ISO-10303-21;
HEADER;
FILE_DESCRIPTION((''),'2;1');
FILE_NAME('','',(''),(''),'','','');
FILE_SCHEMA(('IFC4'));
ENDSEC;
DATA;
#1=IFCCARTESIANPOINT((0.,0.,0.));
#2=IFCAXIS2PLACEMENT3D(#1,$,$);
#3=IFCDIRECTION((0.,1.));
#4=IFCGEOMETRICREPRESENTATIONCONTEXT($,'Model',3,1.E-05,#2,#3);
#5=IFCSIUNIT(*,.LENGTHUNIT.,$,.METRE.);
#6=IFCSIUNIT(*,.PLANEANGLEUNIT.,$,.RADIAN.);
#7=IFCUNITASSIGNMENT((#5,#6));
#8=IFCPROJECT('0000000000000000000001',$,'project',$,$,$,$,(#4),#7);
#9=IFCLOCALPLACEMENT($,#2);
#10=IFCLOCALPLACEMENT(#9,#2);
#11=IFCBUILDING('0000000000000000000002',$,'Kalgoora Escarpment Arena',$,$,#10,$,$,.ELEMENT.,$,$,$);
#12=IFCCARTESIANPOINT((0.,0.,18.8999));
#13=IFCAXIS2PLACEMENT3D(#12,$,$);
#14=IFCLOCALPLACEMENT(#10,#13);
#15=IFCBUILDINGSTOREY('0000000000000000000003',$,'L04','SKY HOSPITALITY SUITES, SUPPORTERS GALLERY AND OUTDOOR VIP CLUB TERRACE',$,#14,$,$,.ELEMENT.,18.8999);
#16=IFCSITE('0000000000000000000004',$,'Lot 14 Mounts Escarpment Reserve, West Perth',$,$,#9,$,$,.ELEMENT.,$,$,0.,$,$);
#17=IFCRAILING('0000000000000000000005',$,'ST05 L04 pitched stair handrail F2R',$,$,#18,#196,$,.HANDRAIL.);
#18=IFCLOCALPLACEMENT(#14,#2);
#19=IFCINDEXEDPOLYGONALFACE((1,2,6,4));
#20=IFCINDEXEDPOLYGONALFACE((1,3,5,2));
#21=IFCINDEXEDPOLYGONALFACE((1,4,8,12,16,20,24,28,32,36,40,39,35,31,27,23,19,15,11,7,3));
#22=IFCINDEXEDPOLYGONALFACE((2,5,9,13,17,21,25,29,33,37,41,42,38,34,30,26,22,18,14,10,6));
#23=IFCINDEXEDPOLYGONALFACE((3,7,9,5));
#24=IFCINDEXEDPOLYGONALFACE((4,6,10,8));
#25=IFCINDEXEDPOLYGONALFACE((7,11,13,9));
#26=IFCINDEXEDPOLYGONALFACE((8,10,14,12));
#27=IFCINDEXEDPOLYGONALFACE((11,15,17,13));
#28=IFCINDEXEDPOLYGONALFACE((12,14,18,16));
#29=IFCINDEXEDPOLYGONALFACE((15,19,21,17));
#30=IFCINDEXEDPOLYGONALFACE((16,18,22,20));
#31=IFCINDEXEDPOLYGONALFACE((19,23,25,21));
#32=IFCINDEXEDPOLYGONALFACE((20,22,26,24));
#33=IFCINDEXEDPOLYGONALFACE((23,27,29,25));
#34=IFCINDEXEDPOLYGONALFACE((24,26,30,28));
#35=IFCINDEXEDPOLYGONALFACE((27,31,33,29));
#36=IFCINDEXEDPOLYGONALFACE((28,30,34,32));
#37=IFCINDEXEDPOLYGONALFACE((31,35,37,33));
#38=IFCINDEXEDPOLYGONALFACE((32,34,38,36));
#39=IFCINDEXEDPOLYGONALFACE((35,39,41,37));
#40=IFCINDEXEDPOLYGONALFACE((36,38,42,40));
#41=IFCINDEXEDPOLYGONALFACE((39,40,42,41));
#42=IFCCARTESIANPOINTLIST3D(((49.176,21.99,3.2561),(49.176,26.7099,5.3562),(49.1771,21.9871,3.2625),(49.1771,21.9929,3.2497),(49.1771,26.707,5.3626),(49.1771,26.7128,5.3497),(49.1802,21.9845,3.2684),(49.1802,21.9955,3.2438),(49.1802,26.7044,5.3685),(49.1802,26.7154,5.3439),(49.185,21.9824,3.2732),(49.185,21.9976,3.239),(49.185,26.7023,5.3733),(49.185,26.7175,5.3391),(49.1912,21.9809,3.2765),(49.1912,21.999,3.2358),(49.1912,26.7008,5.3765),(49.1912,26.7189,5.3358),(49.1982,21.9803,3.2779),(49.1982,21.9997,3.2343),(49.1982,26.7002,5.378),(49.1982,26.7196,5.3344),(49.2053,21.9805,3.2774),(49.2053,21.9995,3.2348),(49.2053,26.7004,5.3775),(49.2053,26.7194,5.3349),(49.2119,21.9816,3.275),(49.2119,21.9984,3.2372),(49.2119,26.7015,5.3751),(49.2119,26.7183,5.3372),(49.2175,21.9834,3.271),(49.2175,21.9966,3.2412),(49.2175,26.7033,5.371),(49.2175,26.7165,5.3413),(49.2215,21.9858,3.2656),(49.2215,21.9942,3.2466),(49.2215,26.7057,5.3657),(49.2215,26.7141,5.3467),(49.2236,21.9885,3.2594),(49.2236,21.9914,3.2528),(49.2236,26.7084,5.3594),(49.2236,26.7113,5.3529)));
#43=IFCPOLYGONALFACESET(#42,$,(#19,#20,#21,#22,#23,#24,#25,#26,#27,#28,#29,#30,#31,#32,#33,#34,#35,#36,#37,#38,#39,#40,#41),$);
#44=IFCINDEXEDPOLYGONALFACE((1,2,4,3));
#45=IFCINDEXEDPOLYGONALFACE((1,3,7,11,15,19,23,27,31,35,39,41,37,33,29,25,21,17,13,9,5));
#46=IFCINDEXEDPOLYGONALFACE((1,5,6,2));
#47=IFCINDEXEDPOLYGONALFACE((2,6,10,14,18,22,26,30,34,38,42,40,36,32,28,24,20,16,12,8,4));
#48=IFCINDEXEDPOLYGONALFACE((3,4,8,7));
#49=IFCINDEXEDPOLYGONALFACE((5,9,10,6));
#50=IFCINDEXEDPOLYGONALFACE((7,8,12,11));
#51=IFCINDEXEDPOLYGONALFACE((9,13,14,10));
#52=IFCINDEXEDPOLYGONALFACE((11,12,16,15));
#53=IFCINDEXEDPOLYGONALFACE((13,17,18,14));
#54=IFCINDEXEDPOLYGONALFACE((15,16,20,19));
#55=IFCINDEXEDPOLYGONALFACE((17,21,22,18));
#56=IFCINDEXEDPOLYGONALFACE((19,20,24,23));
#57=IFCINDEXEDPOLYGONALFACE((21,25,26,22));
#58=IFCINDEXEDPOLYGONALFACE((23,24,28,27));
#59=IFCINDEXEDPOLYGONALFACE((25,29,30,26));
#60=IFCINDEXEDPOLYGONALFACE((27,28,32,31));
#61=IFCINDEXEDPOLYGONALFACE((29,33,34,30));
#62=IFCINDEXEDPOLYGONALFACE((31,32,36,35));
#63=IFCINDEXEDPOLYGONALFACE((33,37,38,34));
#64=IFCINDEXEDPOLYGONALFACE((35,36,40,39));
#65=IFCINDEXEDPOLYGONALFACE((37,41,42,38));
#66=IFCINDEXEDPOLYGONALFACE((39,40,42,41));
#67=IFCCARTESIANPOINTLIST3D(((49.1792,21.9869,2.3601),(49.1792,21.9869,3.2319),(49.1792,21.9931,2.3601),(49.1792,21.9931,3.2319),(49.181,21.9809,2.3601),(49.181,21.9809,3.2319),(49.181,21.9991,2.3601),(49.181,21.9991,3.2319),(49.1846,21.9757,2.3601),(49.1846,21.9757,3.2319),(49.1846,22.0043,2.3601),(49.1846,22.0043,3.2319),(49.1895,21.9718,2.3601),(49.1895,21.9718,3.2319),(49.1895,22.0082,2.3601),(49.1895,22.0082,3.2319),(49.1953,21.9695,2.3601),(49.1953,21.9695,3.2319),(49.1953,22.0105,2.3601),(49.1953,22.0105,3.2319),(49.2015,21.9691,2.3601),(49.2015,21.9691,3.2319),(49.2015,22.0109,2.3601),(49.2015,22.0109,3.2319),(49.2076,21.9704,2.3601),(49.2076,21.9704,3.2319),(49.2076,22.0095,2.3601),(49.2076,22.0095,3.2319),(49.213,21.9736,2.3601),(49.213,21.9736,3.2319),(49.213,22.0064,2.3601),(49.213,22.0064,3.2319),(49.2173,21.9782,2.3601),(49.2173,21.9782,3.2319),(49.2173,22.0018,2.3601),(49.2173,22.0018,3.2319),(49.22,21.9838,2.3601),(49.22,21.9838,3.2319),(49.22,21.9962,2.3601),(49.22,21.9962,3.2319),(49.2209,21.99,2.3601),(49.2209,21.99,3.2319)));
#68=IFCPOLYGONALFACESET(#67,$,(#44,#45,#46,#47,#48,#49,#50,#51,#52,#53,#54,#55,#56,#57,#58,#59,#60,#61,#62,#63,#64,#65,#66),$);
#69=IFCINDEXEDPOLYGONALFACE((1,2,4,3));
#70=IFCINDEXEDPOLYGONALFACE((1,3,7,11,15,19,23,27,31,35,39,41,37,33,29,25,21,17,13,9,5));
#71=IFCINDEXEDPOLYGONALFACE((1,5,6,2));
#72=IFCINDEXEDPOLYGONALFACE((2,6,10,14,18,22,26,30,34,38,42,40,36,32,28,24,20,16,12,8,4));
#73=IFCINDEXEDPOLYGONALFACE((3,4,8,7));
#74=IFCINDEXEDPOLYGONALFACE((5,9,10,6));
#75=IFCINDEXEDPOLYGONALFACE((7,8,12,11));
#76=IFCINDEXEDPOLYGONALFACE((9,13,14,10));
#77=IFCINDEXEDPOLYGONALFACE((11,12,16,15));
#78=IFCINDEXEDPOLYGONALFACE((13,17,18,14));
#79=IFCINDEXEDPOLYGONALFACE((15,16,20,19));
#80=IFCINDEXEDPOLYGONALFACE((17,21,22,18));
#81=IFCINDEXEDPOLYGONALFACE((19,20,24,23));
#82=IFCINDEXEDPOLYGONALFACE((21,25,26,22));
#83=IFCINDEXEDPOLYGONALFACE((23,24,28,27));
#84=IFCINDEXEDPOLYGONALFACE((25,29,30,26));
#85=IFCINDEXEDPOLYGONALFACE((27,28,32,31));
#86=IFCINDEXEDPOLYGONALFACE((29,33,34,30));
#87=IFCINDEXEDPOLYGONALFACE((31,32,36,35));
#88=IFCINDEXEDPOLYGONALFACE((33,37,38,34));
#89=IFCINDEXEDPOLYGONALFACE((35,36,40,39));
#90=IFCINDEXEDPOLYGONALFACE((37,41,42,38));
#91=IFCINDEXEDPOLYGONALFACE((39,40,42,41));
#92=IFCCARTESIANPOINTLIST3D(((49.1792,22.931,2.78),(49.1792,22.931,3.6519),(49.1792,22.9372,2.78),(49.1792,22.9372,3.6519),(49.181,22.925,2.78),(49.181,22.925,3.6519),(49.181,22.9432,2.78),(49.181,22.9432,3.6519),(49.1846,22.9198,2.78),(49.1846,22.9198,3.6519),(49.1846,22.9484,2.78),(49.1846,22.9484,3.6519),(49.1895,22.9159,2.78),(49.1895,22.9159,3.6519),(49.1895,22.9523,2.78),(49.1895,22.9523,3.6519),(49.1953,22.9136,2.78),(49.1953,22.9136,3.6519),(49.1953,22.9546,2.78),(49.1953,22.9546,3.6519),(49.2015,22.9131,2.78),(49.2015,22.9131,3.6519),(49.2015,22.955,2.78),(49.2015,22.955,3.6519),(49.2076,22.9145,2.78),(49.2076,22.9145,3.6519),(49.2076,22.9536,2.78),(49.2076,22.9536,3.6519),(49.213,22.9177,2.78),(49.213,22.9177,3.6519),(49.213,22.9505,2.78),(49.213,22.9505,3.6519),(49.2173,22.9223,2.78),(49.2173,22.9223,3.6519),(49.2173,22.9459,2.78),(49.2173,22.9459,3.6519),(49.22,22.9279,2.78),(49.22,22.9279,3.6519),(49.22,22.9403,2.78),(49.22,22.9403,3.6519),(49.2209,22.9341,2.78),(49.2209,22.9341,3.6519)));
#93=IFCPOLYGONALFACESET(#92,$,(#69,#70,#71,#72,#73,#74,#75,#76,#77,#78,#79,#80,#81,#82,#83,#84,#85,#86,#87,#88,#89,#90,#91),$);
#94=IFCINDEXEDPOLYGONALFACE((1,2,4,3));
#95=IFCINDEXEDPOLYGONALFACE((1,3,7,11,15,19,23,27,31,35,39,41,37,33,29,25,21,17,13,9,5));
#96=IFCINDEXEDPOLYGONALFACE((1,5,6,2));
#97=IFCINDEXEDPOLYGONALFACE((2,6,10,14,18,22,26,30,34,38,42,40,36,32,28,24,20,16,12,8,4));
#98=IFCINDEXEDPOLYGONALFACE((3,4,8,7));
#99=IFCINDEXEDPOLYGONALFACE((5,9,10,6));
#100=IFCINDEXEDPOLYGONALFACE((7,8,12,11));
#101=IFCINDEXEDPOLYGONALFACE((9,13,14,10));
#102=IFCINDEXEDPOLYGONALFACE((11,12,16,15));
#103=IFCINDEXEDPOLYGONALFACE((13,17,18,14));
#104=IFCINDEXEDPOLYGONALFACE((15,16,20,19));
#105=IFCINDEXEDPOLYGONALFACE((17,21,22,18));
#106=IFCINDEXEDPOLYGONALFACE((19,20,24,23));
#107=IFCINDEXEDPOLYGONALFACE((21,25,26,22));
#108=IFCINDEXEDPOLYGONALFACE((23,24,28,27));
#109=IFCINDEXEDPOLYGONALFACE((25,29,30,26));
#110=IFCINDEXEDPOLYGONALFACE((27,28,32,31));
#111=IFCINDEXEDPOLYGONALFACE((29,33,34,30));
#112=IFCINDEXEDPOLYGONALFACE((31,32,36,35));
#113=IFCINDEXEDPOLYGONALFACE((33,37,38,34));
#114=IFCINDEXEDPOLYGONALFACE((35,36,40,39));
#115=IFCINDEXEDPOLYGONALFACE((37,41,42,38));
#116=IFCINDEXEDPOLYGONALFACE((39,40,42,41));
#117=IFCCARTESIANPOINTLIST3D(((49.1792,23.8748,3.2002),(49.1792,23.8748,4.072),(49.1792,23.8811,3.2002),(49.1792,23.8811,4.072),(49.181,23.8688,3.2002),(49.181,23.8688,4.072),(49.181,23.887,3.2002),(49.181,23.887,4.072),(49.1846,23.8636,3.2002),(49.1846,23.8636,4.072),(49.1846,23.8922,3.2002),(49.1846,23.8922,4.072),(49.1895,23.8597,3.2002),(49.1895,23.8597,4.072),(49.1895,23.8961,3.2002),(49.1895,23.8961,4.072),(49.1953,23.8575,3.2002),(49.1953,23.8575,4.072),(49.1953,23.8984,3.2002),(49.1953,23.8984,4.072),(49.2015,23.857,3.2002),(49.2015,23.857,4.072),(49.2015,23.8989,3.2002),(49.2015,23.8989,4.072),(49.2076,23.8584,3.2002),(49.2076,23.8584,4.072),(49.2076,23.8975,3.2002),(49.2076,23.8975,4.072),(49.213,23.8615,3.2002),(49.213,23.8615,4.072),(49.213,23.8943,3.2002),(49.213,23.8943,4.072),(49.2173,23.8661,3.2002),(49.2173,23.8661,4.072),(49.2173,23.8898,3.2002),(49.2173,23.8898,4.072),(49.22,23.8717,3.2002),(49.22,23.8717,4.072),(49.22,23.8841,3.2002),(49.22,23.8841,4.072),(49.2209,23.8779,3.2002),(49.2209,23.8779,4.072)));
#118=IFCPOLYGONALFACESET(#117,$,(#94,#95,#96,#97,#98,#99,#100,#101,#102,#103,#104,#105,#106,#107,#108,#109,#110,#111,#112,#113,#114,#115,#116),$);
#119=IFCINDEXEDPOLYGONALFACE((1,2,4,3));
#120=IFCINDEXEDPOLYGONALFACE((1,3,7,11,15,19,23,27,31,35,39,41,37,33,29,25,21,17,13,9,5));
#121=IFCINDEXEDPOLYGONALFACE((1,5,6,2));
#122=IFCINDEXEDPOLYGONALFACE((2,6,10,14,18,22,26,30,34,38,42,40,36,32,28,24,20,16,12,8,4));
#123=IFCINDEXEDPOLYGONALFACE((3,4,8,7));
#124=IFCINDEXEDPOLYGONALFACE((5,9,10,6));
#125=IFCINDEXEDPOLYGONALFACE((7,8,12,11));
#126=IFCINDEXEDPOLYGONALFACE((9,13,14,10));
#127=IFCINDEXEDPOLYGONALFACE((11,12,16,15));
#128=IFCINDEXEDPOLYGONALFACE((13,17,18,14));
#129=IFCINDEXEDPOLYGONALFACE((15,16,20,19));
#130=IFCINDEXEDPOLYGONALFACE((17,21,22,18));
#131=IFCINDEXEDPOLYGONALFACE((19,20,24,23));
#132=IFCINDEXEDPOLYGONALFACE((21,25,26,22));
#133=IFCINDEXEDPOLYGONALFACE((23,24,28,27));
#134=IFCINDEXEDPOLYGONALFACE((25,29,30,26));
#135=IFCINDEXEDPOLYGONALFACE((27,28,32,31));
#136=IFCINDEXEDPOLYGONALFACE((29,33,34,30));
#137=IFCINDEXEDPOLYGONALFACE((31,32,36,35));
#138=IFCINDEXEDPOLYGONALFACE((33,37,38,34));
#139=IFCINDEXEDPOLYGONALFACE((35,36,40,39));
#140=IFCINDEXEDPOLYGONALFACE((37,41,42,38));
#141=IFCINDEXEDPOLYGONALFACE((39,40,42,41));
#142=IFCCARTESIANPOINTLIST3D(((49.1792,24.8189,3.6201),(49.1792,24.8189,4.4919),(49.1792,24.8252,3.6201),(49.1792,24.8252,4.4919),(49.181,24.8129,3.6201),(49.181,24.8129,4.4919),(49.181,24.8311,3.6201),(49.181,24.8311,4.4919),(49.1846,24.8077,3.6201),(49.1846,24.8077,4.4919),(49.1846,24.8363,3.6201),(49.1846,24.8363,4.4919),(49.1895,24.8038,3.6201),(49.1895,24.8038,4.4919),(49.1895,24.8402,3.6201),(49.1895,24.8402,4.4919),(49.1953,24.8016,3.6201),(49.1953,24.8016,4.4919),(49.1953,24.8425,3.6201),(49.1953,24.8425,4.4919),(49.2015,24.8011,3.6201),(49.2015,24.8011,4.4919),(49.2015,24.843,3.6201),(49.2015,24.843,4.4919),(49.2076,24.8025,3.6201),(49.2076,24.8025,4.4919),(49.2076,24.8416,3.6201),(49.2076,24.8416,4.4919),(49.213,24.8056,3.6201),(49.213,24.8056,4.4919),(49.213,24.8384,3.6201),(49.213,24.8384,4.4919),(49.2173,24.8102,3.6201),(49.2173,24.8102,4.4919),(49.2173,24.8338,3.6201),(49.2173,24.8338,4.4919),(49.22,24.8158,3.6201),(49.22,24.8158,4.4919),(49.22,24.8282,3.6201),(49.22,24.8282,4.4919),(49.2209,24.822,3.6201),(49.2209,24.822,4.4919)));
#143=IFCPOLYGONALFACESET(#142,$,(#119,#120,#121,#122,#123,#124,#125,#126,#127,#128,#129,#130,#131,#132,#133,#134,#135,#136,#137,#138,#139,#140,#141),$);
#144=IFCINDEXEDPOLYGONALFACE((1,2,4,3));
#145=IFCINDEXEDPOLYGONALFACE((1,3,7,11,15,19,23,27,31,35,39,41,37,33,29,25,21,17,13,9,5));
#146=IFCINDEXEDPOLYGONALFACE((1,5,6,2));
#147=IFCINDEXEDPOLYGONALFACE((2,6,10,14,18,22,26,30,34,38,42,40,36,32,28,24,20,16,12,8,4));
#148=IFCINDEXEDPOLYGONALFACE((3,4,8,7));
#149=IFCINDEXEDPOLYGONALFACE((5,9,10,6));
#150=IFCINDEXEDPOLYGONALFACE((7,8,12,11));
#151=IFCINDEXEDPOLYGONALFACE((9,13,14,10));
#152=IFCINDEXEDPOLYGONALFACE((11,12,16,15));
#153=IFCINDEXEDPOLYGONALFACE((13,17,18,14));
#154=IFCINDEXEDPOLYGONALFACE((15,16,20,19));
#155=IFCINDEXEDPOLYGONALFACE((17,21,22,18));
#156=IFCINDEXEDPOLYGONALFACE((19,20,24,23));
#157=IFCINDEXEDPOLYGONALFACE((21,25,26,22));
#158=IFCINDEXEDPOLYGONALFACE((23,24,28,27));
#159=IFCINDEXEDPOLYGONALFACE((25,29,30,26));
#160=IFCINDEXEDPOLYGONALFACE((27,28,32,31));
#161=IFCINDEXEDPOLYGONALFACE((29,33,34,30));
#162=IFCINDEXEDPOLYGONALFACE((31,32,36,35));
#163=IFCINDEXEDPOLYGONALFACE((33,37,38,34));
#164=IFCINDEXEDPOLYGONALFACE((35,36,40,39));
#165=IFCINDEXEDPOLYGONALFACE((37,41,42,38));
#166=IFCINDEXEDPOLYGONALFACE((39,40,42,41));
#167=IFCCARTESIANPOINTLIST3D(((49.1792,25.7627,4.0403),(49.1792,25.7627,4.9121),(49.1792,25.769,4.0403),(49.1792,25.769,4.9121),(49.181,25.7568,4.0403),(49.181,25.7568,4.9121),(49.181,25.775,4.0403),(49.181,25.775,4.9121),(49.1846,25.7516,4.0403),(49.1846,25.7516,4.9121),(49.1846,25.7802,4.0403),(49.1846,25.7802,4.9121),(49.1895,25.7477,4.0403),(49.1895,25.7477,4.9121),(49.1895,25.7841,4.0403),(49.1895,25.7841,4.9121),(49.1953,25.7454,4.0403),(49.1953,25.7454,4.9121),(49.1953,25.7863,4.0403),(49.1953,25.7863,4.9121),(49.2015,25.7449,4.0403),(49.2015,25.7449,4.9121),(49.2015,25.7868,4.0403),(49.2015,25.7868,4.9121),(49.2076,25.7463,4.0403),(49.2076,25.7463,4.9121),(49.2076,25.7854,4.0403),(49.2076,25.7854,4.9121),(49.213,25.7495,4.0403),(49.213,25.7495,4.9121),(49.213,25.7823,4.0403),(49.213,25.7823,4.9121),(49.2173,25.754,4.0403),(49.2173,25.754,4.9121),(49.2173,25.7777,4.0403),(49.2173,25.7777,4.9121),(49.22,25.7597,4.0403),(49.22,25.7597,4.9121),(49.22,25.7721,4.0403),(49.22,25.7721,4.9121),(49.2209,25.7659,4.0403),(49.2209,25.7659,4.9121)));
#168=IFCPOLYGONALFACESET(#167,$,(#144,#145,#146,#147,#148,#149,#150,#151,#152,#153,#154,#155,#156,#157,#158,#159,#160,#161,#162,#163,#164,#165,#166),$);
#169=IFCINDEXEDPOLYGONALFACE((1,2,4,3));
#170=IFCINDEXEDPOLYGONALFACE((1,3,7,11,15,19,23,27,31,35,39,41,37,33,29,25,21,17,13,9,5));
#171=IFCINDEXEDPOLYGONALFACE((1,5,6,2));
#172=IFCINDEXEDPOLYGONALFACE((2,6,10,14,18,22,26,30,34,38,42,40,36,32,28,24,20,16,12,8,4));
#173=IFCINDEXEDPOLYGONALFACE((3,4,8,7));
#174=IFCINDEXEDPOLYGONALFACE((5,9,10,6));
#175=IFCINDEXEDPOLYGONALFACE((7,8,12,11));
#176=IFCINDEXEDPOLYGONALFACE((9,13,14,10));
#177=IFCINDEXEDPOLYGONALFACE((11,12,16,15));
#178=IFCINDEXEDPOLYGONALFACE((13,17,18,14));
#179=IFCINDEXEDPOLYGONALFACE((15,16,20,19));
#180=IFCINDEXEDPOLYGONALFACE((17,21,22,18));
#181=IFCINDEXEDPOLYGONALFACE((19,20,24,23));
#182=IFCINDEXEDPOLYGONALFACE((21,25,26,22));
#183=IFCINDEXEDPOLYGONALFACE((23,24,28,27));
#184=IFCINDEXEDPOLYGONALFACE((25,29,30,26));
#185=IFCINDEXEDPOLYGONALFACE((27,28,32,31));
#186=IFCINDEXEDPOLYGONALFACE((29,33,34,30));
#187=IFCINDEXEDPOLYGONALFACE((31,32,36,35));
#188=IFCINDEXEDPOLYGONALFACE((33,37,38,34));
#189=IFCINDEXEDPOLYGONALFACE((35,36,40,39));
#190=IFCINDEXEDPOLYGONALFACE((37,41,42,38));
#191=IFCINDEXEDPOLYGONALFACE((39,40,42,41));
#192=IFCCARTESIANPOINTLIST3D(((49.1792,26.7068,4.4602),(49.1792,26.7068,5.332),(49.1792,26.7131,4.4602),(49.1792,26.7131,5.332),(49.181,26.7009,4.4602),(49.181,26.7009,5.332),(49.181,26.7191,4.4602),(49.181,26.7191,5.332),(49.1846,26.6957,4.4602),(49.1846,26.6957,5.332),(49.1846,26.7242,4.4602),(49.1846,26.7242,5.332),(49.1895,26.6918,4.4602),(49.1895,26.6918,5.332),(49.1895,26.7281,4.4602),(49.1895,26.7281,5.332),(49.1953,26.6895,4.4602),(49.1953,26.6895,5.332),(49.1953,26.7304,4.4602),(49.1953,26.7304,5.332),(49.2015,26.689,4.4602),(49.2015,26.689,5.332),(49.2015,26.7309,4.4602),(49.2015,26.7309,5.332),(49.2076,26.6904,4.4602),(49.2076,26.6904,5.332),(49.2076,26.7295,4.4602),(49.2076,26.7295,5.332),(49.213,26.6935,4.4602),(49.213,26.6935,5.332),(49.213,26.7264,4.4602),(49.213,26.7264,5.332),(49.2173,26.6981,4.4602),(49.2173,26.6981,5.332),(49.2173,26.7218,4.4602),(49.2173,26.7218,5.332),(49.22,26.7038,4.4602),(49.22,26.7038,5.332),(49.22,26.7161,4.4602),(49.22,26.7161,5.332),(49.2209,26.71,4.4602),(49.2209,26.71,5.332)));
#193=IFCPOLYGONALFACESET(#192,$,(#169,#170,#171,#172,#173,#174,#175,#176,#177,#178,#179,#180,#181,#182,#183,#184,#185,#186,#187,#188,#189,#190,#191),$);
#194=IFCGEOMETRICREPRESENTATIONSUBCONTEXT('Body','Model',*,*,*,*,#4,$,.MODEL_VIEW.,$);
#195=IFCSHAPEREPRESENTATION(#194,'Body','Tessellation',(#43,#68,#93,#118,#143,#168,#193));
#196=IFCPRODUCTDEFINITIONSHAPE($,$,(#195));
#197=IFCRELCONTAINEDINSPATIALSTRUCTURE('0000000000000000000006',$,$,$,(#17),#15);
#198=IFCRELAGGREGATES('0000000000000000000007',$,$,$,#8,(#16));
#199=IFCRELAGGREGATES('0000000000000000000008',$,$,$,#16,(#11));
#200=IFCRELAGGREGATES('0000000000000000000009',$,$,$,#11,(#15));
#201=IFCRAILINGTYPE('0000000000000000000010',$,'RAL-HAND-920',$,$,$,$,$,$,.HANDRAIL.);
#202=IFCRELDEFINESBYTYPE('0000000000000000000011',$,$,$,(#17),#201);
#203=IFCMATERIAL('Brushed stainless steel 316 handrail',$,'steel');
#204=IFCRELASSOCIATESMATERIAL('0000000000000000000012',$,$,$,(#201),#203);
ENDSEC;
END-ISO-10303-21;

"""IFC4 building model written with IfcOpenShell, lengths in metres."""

from ifc_helpers import new_model, si_unit, direction, frame, origin, origin_2d, place, context, subcontext, project, spatial, circle, extrude, material, type_object, element, save


model = new_model("IFC4")

# Units and contexts
model_context = context("Model", 3, precision=1e-05, world=origin(), true_north=direction((0.0, 1.0)))
body_context = subcontext(model_context, "Body", "Model", "MODEL_VIEW")
ifc_project = project(units=[si_unit("LENGTHUNIT", "METRE"), si_unit("PLANEANGLEUNIT", "RADIAN")], contexts=[model_context])

# Site, building, storey
site_placement = place(None, origin())
site = spatial("IfcSite", under=ifc_project, at=site_placement, Name="Lot 14 Mounts Escarpment Reserve, West Perth", CompositionType="ELEMENT", RefElevation=0.0)
building_placement = place(site_placement, origin())
building = spatial("IfcBuilding", under=site, at=building_placement, Name="Kalgoora Escarpment Arena", CompositionType="ELEMENT")
storey_placement = place(building_placement, frame((0.0, 0.0, 18.8999)))
storey = spatial("IfcBuildingStorey", under=building, at=storey_placement, Name="L04", Description="SKY HOSPITALITY SUITES, SUPPORTERS GALLERY AND OUTDOOR VIP CLUB TERRACE", CompositionType="ELEMENT", Elevation=18.8999)

# Railing
ifc_material_1 = material(Name="Brushed stainless steel 316 handrail", Category="steel")
railing_type_1 = type_object("IfcRailingType", Name="RAL-HAND-920", PredefinedType="HANDRAIL", material=ifc_material_1)
for number, where, name in (
    (1, (49.2, 21.99, 2.3601), "ST05 L04 pitched stair handrail F2R"),
):
    element("IfcRailing", number, at=place(storey_placement, frame(where)), inside=storey, type_object=railing_type_1, Name=name, PredefinedType="HANDRAIL", context=body_context, shape_type="SweptSolid", body=[
        extrude(circle(Radius=0.0239, at=origin_2d()), frame((0.0, 0.0, 0.896), z_axis=(0.0, 0.913644, 0.406516), x_axis=(-1.0, 0.0, 0.0)), (0.0, 0.0, 1.0), 5.166),
        extrude(circle(Radius=0.021, at=origin_2d()), origin(), (0.0, 0.0, 1.0), 0.8718),
        extrude(circle(Radius=0.021, at=origin_2d()), frame((0.0, 0.9441, 0.4199)), (0.0, 0.0, 1.0), 0.8718),
        extrude(circle(Radius=0.021, at=origin_2d()), frame((0.0, 1.8879, 0.8401)), (0.0, 0.0, 1.0), 0.8718),
        extrude(circle(Radius=0.021, at=origin_2d()), frame((0.0, 2.832, 1.26)), (0.0, 0.0, 1.0), 0.8718),
        extrude(circle(Radius=0.021, at=origin_2d()), frame((0.0, 3.7759, 1.6802)), (0.0, 0.0, 1.0), 0.8718),
        extrude(circle(Radius=0.021, at=origin_2d()), frame((0.0, 4.72, 2.1001)), (0.0, 0.0, 1.0), 0.8718),
    ])

save(model, "model.ifc")
